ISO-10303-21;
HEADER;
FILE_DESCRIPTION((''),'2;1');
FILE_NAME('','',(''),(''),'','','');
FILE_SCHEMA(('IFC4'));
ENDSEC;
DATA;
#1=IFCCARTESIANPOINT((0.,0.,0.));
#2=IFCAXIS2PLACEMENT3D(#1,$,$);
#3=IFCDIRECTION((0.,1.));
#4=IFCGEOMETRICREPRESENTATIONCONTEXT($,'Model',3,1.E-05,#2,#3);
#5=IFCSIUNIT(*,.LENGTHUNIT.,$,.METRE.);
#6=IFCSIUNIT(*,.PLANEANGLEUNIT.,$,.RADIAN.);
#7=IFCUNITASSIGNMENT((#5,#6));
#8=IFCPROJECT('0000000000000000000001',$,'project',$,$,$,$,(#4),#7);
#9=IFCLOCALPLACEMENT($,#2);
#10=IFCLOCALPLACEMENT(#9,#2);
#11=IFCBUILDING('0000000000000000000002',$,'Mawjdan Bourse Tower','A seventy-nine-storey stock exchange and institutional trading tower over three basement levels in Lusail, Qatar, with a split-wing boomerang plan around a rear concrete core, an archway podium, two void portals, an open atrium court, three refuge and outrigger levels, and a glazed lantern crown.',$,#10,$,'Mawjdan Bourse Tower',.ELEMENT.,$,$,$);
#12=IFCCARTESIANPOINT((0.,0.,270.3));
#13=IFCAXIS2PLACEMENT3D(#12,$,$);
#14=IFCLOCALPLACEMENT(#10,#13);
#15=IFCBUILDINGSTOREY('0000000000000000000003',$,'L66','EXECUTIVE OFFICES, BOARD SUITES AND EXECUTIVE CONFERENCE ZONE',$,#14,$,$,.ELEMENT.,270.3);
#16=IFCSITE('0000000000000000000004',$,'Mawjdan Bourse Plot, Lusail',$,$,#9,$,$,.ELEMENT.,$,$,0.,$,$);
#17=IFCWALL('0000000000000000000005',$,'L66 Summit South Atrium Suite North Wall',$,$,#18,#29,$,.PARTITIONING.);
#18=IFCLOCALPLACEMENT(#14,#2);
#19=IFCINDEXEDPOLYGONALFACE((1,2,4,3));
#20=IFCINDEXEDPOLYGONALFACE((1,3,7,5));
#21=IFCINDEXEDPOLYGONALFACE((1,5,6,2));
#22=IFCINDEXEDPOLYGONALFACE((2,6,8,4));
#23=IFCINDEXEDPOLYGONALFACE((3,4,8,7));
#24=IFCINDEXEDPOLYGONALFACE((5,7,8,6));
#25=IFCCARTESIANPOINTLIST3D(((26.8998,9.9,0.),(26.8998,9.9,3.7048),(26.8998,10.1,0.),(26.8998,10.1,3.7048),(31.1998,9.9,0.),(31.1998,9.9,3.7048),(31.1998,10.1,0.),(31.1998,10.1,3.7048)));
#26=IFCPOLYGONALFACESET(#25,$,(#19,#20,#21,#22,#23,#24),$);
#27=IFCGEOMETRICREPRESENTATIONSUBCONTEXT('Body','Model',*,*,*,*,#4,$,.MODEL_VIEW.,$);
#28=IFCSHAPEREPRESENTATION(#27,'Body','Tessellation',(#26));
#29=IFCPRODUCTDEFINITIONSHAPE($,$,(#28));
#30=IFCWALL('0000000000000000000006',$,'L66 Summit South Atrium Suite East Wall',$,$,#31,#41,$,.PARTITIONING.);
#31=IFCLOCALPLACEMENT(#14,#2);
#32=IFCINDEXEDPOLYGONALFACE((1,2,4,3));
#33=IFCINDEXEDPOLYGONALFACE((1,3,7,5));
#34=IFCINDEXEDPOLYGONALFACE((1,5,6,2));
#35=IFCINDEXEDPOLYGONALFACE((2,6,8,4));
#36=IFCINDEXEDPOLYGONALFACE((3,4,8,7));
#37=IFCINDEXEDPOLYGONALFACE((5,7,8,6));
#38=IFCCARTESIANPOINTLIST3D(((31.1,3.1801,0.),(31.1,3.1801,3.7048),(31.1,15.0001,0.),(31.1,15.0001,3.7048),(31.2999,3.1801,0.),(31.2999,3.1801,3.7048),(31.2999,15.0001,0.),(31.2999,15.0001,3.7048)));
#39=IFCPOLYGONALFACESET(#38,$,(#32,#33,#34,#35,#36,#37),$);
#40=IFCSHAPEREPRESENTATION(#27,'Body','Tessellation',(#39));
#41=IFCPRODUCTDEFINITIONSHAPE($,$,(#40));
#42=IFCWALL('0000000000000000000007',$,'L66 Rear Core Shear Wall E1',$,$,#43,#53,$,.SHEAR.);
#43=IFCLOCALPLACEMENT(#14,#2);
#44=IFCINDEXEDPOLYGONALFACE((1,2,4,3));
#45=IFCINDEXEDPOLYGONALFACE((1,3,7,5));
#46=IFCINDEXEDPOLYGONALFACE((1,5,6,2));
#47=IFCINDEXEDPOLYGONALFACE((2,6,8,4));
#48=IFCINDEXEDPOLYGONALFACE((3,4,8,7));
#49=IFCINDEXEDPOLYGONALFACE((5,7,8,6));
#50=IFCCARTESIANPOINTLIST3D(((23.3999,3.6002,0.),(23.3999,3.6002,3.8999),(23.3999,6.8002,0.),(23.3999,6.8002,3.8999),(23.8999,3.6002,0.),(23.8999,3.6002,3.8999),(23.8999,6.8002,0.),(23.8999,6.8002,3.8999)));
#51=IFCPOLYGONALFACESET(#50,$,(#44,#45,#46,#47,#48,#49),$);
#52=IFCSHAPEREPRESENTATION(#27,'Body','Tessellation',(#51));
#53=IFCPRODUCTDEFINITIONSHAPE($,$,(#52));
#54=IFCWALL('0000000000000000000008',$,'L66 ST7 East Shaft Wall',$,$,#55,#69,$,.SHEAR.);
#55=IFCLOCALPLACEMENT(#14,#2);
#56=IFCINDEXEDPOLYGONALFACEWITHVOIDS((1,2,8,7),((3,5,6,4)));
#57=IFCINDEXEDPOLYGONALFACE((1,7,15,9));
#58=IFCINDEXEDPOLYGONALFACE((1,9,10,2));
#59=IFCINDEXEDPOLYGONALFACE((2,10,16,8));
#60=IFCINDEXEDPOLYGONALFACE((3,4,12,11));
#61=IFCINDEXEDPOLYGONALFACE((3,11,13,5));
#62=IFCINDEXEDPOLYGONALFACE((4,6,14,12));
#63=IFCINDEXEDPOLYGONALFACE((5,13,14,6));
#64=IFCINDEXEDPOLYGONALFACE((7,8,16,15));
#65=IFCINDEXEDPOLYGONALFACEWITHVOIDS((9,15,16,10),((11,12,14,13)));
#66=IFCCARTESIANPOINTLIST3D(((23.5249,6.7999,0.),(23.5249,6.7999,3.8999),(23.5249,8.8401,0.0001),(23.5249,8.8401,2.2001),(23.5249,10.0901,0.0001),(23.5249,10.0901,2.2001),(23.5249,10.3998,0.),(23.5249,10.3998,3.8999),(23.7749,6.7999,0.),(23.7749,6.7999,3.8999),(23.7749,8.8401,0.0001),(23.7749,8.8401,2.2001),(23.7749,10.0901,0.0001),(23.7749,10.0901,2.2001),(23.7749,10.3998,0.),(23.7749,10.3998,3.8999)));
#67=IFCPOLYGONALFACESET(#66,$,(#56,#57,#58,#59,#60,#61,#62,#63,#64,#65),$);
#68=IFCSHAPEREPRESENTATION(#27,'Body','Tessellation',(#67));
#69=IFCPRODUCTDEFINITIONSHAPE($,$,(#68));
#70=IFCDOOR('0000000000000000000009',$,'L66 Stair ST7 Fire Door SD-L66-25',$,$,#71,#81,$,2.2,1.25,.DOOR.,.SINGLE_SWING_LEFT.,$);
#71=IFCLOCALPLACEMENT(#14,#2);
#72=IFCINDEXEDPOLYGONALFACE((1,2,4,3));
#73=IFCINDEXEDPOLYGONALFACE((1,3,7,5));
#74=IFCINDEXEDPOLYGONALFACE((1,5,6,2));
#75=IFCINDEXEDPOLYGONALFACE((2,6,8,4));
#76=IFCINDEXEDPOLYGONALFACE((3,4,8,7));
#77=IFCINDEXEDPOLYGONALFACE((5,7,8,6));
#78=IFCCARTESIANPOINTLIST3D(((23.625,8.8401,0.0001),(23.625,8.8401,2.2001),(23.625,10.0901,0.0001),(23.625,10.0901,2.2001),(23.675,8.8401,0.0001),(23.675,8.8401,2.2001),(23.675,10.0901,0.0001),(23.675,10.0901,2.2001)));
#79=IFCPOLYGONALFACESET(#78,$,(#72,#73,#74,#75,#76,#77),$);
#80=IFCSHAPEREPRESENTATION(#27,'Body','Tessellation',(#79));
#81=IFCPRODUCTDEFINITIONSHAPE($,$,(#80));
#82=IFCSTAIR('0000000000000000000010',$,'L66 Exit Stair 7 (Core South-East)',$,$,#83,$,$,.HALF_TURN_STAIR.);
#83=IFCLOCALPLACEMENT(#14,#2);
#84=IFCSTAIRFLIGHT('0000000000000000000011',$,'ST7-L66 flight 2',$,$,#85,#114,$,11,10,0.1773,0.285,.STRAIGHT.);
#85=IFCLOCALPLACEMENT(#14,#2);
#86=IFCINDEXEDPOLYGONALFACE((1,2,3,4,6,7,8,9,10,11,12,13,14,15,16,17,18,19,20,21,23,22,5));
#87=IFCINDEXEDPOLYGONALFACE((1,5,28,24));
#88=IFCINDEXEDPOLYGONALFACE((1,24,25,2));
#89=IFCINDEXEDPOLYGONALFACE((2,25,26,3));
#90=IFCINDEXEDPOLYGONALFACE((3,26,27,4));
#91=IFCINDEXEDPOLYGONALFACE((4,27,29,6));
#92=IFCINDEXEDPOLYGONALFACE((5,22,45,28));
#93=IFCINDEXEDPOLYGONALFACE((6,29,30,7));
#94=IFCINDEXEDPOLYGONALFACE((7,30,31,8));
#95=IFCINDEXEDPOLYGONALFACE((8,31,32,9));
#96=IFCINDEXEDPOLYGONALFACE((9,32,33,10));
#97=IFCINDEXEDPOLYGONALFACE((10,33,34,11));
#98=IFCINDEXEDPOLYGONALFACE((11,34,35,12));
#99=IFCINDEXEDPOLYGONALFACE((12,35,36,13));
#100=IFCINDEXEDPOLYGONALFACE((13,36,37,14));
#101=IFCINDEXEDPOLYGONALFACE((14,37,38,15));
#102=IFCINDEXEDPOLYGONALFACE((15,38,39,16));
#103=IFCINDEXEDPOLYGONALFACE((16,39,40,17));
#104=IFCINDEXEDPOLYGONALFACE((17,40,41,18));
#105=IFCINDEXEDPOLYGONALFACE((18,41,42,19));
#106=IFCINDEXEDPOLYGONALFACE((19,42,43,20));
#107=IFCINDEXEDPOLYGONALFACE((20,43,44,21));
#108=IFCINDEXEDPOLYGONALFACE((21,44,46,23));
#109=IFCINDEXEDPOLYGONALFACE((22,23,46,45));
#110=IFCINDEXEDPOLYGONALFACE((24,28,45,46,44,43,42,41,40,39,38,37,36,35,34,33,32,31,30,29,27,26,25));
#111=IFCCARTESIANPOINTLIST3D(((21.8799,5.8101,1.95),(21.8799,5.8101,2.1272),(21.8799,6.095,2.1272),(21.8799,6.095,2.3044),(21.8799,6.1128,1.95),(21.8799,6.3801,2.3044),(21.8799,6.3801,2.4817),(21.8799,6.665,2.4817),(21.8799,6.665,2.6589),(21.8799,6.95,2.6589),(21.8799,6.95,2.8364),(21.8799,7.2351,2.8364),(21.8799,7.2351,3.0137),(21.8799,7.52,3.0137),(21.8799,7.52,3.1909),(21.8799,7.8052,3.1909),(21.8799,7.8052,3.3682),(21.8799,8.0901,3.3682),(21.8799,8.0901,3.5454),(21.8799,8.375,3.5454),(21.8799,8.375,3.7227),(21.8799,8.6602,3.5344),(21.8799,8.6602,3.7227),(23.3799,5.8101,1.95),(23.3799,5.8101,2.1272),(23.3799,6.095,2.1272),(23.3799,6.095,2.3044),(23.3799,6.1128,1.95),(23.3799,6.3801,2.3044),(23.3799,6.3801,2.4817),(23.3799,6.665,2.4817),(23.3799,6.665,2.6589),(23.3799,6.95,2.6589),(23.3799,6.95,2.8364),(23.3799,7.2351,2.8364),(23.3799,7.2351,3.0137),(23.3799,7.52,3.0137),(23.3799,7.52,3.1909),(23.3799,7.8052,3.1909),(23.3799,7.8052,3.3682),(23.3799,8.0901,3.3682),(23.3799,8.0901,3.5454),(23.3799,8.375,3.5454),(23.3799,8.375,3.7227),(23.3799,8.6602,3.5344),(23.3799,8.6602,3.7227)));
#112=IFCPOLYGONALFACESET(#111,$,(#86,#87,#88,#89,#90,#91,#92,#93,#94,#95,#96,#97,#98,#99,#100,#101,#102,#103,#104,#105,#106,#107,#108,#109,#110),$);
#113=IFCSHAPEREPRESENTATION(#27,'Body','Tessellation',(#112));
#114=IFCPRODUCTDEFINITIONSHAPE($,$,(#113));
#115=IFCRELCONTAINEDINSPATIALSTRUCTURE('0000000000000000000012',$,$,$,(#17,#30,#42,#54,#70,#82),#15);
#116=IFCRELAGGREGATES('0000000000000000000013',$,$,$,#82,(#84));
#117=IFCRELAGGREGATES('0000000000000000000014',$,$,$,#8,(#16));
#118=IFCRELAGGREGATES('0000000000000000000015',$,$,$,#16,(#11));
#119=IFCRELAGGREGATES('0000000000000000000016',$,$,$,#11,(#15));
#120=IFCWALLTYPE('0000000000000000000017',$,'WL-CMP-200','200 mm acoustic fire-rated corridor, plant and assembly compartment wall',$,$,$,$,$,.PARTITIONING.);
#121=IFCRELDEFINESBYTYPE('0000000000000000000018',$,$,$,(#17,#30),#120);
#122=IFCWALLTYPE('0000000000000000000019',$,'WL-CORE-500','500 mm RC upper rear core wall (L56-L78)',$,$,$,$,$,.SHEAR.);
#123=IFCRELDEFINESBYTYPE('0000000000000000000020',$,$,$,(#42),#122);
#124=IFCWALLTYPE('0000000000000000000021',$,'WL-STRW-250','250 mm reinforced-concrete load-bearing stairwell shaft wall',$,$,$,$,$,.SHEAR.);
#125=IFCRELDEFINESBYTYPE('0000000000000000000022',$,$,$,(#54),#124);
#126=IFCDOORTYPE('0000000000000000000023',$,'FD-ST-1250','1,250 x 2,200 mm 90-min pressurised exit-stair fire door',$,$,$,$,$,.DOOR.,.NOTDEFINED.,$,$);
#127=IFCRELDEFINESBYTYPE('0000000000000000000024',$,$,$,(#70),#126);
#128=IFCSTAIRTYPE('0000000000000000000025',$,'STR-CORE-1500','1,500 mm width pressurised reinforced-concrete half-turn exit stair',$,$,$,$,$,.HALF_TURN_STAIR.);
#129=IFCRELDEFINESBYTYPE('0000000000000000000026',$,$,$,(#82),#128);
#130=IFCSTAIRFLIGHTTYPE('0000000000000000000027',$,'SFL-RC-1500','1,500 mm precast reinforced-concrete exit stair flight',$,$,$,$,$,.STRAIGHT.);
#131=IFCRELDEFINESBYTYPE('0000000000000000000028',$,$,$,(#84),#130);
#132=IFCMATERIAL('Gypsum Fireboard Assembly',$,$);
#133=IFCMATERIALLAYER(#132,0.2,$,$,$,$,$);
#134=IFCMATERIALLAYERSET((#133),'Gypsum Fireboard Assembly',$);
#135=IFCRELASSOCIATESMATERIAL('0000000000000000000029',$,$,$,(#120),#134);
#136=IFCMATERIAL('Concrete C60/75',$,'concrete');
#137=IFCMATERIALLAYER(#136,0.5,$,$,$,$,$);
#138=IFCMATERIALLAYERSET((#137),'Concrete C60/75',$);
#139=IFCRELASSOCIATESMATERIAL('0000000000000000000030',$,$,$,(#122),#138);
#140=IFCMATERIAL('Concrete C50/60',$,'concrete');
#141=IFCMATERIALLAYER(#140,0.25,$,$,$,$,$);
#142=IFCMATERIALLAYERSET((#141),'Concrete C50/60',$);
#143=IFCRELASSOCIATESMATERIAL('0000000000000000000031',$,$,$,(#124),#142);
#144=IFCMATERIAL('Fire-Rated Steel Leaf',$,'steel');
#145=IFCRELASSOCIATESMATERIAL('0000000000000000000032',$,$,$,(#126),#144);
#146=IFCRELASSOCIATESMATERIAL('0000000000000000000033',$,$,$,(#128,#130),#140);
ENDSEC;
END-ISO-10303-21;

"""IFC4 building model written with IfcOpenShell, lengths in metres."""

from ifc_helpers import new_model, si_unit, direction, frame, frame_2d, origin, place, context, subcontext, project, spatial, polyline, rectangle, outline, extrude, material, layer, layer_set, type_object, element, fill, aggregate, save


model = new_model("IFC4")

# Units and contexts
model_context = context("Model", 3, precision=1e-05, world=origin(), true_north=direction((0.0, 1.0)))
body_context = subcontext(model_context, "Body", "Model", "MODEL_VIEW")
ifc_project = project(units=[si_unit("LENGTHUNIT", "METRE"), si_unit("PLANEANGLEUNIT", "RADIAN")], contexts=[model_context])

# Site, building, storey
site_placement = place(None, origin())
site = spatial("IfcSite", under=ifc_project, at=site_placement, Name="Mawjdan Bourse Plot, Lusail", CompositionType="ELEMENT", RefElevation=0.0)
building_placement = place(site_placement, origin())
building = spatial("IfcBuilding", under=site, at=building_placement, Name="Mawjdan Bourse Tower", Description="A seventy-nine-storey stock exchange and institutional trading tower over three basement levels in Lusail, Qatar, with a split-wing boomerang plan around a rear concrete core, an archway podium, two void portals, an open atrium court, three refuge and outrigger levels, and a glazed lantern crown.", LongName="Mawjdan Bourse Tower", CompositionType="ELEMENT")
storey_placement = place(building_placement, frame((0.0, 0.0, 270.3)))
storey = spatial("IfcBuildingStorey", under=building, at=storey_placement, Name="L66", Description="EXECUTIVE OFFICES, BOARD SUITES AND EXECUTIVE CONFERENCE ZONE", CompositionType="ELEMENT", Elevation=270.3)

# Shared definitions
ifc_material_1 = material(Name="Concrete C60/75", Category="concrete")

# Shared definitions
ifc_material_2 = material(Name="Gypsum Fireboard Assembly")
ifc_layer_1 = layer(ifc_material_2, 0.2)
ifc_layer_set_1 = layer_set([ifc_layer_1], Name="Gypsum Fireboard Assembly")
wall_type_1 = type_object("IfcWallType", Name="WL-CMP-200", Description="200 mm acoustic fire-rated corridor, plant and assembly compartment wall", PredefinedType="PARTITIONING", material=ifc_layer_set_1)

# Walls
wall_1_placement = place(storey_placement, frame((26.8999, 10.0, 0.0), z_axis=(0.0, 0.0, 1.0), x_axis=(1.0, 0.0, 0.0)))
element("IfcWall", 1, at=wall_1_placement, inside=storey, type_object=wall_type_1, Name="L66 Summit South Atrium Suite North Wall", PredefinedType="PARTITIONING", context=body_context, shape_type="SweptSolid", body=[
    extrude(rectangle(XDim=4.3, YDim=0.2, at=frame_2d((2.1499, 0.0))), origin(), (0.0, 0.0, 1.0), 3.7048),
])
wall_2_placement = place(storey_placement, frame((31.2, 3.1799, 0.0), z_axis=(0.0, 0.0, 1.0), x_axis=(0.0, 1.0, 0.0)))
element("IfcWall", 2, at=wall_2_placement, inside=storey, type_object=wall_type_1, Name="L66 Summit South Atrium Suite East Wall", PredefinedType="PARTITIONING", context=body_context, shape_type="SweptSolid", body=[
    extrude(rectangle(XDim=11.8201, YDim=0.2, at=frame_2d((5.9102, 0.0))), origin(), (0.0, 0.0, 1.0), 3.7048),
])
ifc_layer_2 = layer(ifc_material_1, 0.5)
ifc_layer_set_2 = layer_set([ifc_layer_2], Name="Concrete C60/75")
wall_type_2 = type_object("IfcWallType", Name="WL-CORE-500", Description="500 mm RC upper rear core wall (L56-L78)", PredefinedType="SHEAR", material=ifc_layer_set_2)
wall_3_placement = place(storey_placement, frame((23.6499, 3.6001, 0.0), z_axis=(0.0, 0.0, 1.0), x_axis=(0.0, 1.0, 0.0)))
element("IfcWall", 3, at=wall_3_placement, inside=storey, type_object=wall_type_2, Name="L66 Rear Core Shear Wall E1", PredefinedType="SHEAR", context=body_context, shape_type="SweptSolid", body=[
    extrude(rectangle(XDim=3.2, YDim=0.5, at=frame_2d((1.6001, 0.0))), origin(), (0.0, 0.0, 1.0), 3.8999),
])

# Wall, opening, door
ifc_material_3 = material(Name="Concrete C50/60", Category="concrete")
ifc_layer_3 = layer(ifc_material_3, 0.25)
ifc_layer_set_3 = layer_set([ifc_layer_3], Name="Concrete C50/60")
wall_type_3 = type_object("IfcWallType", Name="WL-STRW-250", Description="250 mm reinforced-concrete load-bearing stairwell shaft wall", PredefinedType="SHEAR", material=ifc_layer_set_3)
wall_4_placement = place(storey_placement, frame((23.6499, 6.8, 0.0), z_axis=(0.0, 0.0, 1.0), x_axis=(0.0, 1.0, 0.0)))
wall_4 = element("IfcWall", 4, at=wall_4_placement, inside=storey, type_object=wall_type_3, Name="L66 ST7 East Shaft Wall", PredefinedType="SHEAR", context=body_context, shape_type="SweptSolid", body=[
    extrude(rectangle(XDim=3.5999, YDim=0.25, at=frame_2d((1.7998, 0.0))), origin(), (0.0, 0.0, 1.0), 3.8999),
])
opening_1_placement = place(wall_4_placement, frame((2.04, 0.0, 0.0)))
opening_1 = element("IfcOpeningElement", 5, at=opening_1_placement, cuts=wall_4, PredefinedType="OPENING", context=body_context, shape_type="SweptSolid", body=[
    extrude(rectangle(XDim=1.25, YDim=2.2, at=frame_2d((0.625, 1.1001))), frame((0.0, 0.135, 0.0), z_axis=(0.0, -1.0, 0.0), x_axis=(1.0, 0.0, 0.0)), (0.0, 0.0, 1.0), 0.27),
])
ifc_material_4 = material(Name="Fire-Rated Steel Leaf", Category="steel")
door_type_1 = type_object("IfcDoorType", Name="FD-ST-1250", Description="1,250 x 2,200 mm 90-min pressurised exit-stair fire door", OperationType="NOTDEFINED", PredefinedType="DOOR", material=ifc_material_4)
door_1_placement = place(opening_1_placement, origin())
door_1 = element("IfcDoor", 6, at=door_1_placement, inside=storey, type_object=door_type_1, Name="L66 Stair ST7 Fire Door SD-L66-25", OperationType="SINGLE_SWING_LEFT", OverallHeight=2.2, OverallWidth=1.25, PredefinedType="DOOR", context=body_context, shape_type="SweptSolid", body=[
    extrude(rectangle(XDim=1.25, YDim=2.2, at=frame_2d((0.625, 1.1001))), frame((0.0, 0.0249, 0.0), z_axis=(0.0, -1.0, 0.0), x_axis=(1.0, 0.0, 0.0)), (0.0, 0.0, 1.0), 0.05),
])
fill(opening_1, door_1)

# Stair, stair flight
stair_type = type_object("IfcStairType", Name="STR-CORE-1500", Description="1,500 mm width pressurised reinforced-concrete half-turn exit stair", PredefinedType="HALF_TURN_STAIR", material=ifc_material_3)
stair_placement = place(storey_placement, origin())
stair = element("IfcStair", 7, at=stair_placement, inside=storey, type_object=stair_type, Name="L66 Exit Stair 7 (Core South-East)", PredefinedType="HALF_TURN_STAIR")
stair_flight_type = type_object("IfcStairFlightType", Name="SFL-RC-1500", Description="1,500 mm precast reinforced-concrete exit stair flight", PredefinedType="STRAIGHT", material=ifc_material_3)
stair_flight_placement = place(storey_placement, frame((22.6299, 5.8101, 1.95), z_axis=(0.0, 0.0, 1.0), x_axis=(0.0, 1.0, 0.0)))
stair_flight = element("IfcStairFlight", 8, at=stair_flight_placement, type_object=stair_flight_type, Name="ST7-L66 flight 2", NumberOfRisers=11, NumberOfTreads=10, PredefinedType="STRAIGHT", RiserHeight=0.1773, TreadLength=0.285, context=body_context, shape_type="SweptSolid", body=[
    extrude(outline(polyline([(0.0, 0.0), (0.0, 0.1772), (0.2849, 0.1772), (0.2849, 0.3545), (0.5701, 0.3545), (0.5701, 0.5317), (0.855, 0.5317), (0.855, 0.709), (1.1399, 0.709), (1.1399, 0.8865), (1.425, 0.8865), (1.425, 1.0637), (1.71, 1.0637), (1.71, 1.241), (1.9951, 1.241), (1.9951, 1.4182), (2.28, 1.4182), (2.28, 1.5955), (2.5649, 1.5955), (2.5649, 1.7727), (2.8501, 1.7727), (2.8501, 1.95), (2.8501, 1.5845), (0.3027, 0.0), (0.0, 0.0)])), frame((0.0, 0.75, 0.0), z_axis=(0.0, -1.0, 0.0), x_axis=(1.0, 0.0, 0.0)), (0.0, 0.0, 1.0), 1.5),
])
aggregate(stair, [stair_flight])

save(model, "model.ifc")
